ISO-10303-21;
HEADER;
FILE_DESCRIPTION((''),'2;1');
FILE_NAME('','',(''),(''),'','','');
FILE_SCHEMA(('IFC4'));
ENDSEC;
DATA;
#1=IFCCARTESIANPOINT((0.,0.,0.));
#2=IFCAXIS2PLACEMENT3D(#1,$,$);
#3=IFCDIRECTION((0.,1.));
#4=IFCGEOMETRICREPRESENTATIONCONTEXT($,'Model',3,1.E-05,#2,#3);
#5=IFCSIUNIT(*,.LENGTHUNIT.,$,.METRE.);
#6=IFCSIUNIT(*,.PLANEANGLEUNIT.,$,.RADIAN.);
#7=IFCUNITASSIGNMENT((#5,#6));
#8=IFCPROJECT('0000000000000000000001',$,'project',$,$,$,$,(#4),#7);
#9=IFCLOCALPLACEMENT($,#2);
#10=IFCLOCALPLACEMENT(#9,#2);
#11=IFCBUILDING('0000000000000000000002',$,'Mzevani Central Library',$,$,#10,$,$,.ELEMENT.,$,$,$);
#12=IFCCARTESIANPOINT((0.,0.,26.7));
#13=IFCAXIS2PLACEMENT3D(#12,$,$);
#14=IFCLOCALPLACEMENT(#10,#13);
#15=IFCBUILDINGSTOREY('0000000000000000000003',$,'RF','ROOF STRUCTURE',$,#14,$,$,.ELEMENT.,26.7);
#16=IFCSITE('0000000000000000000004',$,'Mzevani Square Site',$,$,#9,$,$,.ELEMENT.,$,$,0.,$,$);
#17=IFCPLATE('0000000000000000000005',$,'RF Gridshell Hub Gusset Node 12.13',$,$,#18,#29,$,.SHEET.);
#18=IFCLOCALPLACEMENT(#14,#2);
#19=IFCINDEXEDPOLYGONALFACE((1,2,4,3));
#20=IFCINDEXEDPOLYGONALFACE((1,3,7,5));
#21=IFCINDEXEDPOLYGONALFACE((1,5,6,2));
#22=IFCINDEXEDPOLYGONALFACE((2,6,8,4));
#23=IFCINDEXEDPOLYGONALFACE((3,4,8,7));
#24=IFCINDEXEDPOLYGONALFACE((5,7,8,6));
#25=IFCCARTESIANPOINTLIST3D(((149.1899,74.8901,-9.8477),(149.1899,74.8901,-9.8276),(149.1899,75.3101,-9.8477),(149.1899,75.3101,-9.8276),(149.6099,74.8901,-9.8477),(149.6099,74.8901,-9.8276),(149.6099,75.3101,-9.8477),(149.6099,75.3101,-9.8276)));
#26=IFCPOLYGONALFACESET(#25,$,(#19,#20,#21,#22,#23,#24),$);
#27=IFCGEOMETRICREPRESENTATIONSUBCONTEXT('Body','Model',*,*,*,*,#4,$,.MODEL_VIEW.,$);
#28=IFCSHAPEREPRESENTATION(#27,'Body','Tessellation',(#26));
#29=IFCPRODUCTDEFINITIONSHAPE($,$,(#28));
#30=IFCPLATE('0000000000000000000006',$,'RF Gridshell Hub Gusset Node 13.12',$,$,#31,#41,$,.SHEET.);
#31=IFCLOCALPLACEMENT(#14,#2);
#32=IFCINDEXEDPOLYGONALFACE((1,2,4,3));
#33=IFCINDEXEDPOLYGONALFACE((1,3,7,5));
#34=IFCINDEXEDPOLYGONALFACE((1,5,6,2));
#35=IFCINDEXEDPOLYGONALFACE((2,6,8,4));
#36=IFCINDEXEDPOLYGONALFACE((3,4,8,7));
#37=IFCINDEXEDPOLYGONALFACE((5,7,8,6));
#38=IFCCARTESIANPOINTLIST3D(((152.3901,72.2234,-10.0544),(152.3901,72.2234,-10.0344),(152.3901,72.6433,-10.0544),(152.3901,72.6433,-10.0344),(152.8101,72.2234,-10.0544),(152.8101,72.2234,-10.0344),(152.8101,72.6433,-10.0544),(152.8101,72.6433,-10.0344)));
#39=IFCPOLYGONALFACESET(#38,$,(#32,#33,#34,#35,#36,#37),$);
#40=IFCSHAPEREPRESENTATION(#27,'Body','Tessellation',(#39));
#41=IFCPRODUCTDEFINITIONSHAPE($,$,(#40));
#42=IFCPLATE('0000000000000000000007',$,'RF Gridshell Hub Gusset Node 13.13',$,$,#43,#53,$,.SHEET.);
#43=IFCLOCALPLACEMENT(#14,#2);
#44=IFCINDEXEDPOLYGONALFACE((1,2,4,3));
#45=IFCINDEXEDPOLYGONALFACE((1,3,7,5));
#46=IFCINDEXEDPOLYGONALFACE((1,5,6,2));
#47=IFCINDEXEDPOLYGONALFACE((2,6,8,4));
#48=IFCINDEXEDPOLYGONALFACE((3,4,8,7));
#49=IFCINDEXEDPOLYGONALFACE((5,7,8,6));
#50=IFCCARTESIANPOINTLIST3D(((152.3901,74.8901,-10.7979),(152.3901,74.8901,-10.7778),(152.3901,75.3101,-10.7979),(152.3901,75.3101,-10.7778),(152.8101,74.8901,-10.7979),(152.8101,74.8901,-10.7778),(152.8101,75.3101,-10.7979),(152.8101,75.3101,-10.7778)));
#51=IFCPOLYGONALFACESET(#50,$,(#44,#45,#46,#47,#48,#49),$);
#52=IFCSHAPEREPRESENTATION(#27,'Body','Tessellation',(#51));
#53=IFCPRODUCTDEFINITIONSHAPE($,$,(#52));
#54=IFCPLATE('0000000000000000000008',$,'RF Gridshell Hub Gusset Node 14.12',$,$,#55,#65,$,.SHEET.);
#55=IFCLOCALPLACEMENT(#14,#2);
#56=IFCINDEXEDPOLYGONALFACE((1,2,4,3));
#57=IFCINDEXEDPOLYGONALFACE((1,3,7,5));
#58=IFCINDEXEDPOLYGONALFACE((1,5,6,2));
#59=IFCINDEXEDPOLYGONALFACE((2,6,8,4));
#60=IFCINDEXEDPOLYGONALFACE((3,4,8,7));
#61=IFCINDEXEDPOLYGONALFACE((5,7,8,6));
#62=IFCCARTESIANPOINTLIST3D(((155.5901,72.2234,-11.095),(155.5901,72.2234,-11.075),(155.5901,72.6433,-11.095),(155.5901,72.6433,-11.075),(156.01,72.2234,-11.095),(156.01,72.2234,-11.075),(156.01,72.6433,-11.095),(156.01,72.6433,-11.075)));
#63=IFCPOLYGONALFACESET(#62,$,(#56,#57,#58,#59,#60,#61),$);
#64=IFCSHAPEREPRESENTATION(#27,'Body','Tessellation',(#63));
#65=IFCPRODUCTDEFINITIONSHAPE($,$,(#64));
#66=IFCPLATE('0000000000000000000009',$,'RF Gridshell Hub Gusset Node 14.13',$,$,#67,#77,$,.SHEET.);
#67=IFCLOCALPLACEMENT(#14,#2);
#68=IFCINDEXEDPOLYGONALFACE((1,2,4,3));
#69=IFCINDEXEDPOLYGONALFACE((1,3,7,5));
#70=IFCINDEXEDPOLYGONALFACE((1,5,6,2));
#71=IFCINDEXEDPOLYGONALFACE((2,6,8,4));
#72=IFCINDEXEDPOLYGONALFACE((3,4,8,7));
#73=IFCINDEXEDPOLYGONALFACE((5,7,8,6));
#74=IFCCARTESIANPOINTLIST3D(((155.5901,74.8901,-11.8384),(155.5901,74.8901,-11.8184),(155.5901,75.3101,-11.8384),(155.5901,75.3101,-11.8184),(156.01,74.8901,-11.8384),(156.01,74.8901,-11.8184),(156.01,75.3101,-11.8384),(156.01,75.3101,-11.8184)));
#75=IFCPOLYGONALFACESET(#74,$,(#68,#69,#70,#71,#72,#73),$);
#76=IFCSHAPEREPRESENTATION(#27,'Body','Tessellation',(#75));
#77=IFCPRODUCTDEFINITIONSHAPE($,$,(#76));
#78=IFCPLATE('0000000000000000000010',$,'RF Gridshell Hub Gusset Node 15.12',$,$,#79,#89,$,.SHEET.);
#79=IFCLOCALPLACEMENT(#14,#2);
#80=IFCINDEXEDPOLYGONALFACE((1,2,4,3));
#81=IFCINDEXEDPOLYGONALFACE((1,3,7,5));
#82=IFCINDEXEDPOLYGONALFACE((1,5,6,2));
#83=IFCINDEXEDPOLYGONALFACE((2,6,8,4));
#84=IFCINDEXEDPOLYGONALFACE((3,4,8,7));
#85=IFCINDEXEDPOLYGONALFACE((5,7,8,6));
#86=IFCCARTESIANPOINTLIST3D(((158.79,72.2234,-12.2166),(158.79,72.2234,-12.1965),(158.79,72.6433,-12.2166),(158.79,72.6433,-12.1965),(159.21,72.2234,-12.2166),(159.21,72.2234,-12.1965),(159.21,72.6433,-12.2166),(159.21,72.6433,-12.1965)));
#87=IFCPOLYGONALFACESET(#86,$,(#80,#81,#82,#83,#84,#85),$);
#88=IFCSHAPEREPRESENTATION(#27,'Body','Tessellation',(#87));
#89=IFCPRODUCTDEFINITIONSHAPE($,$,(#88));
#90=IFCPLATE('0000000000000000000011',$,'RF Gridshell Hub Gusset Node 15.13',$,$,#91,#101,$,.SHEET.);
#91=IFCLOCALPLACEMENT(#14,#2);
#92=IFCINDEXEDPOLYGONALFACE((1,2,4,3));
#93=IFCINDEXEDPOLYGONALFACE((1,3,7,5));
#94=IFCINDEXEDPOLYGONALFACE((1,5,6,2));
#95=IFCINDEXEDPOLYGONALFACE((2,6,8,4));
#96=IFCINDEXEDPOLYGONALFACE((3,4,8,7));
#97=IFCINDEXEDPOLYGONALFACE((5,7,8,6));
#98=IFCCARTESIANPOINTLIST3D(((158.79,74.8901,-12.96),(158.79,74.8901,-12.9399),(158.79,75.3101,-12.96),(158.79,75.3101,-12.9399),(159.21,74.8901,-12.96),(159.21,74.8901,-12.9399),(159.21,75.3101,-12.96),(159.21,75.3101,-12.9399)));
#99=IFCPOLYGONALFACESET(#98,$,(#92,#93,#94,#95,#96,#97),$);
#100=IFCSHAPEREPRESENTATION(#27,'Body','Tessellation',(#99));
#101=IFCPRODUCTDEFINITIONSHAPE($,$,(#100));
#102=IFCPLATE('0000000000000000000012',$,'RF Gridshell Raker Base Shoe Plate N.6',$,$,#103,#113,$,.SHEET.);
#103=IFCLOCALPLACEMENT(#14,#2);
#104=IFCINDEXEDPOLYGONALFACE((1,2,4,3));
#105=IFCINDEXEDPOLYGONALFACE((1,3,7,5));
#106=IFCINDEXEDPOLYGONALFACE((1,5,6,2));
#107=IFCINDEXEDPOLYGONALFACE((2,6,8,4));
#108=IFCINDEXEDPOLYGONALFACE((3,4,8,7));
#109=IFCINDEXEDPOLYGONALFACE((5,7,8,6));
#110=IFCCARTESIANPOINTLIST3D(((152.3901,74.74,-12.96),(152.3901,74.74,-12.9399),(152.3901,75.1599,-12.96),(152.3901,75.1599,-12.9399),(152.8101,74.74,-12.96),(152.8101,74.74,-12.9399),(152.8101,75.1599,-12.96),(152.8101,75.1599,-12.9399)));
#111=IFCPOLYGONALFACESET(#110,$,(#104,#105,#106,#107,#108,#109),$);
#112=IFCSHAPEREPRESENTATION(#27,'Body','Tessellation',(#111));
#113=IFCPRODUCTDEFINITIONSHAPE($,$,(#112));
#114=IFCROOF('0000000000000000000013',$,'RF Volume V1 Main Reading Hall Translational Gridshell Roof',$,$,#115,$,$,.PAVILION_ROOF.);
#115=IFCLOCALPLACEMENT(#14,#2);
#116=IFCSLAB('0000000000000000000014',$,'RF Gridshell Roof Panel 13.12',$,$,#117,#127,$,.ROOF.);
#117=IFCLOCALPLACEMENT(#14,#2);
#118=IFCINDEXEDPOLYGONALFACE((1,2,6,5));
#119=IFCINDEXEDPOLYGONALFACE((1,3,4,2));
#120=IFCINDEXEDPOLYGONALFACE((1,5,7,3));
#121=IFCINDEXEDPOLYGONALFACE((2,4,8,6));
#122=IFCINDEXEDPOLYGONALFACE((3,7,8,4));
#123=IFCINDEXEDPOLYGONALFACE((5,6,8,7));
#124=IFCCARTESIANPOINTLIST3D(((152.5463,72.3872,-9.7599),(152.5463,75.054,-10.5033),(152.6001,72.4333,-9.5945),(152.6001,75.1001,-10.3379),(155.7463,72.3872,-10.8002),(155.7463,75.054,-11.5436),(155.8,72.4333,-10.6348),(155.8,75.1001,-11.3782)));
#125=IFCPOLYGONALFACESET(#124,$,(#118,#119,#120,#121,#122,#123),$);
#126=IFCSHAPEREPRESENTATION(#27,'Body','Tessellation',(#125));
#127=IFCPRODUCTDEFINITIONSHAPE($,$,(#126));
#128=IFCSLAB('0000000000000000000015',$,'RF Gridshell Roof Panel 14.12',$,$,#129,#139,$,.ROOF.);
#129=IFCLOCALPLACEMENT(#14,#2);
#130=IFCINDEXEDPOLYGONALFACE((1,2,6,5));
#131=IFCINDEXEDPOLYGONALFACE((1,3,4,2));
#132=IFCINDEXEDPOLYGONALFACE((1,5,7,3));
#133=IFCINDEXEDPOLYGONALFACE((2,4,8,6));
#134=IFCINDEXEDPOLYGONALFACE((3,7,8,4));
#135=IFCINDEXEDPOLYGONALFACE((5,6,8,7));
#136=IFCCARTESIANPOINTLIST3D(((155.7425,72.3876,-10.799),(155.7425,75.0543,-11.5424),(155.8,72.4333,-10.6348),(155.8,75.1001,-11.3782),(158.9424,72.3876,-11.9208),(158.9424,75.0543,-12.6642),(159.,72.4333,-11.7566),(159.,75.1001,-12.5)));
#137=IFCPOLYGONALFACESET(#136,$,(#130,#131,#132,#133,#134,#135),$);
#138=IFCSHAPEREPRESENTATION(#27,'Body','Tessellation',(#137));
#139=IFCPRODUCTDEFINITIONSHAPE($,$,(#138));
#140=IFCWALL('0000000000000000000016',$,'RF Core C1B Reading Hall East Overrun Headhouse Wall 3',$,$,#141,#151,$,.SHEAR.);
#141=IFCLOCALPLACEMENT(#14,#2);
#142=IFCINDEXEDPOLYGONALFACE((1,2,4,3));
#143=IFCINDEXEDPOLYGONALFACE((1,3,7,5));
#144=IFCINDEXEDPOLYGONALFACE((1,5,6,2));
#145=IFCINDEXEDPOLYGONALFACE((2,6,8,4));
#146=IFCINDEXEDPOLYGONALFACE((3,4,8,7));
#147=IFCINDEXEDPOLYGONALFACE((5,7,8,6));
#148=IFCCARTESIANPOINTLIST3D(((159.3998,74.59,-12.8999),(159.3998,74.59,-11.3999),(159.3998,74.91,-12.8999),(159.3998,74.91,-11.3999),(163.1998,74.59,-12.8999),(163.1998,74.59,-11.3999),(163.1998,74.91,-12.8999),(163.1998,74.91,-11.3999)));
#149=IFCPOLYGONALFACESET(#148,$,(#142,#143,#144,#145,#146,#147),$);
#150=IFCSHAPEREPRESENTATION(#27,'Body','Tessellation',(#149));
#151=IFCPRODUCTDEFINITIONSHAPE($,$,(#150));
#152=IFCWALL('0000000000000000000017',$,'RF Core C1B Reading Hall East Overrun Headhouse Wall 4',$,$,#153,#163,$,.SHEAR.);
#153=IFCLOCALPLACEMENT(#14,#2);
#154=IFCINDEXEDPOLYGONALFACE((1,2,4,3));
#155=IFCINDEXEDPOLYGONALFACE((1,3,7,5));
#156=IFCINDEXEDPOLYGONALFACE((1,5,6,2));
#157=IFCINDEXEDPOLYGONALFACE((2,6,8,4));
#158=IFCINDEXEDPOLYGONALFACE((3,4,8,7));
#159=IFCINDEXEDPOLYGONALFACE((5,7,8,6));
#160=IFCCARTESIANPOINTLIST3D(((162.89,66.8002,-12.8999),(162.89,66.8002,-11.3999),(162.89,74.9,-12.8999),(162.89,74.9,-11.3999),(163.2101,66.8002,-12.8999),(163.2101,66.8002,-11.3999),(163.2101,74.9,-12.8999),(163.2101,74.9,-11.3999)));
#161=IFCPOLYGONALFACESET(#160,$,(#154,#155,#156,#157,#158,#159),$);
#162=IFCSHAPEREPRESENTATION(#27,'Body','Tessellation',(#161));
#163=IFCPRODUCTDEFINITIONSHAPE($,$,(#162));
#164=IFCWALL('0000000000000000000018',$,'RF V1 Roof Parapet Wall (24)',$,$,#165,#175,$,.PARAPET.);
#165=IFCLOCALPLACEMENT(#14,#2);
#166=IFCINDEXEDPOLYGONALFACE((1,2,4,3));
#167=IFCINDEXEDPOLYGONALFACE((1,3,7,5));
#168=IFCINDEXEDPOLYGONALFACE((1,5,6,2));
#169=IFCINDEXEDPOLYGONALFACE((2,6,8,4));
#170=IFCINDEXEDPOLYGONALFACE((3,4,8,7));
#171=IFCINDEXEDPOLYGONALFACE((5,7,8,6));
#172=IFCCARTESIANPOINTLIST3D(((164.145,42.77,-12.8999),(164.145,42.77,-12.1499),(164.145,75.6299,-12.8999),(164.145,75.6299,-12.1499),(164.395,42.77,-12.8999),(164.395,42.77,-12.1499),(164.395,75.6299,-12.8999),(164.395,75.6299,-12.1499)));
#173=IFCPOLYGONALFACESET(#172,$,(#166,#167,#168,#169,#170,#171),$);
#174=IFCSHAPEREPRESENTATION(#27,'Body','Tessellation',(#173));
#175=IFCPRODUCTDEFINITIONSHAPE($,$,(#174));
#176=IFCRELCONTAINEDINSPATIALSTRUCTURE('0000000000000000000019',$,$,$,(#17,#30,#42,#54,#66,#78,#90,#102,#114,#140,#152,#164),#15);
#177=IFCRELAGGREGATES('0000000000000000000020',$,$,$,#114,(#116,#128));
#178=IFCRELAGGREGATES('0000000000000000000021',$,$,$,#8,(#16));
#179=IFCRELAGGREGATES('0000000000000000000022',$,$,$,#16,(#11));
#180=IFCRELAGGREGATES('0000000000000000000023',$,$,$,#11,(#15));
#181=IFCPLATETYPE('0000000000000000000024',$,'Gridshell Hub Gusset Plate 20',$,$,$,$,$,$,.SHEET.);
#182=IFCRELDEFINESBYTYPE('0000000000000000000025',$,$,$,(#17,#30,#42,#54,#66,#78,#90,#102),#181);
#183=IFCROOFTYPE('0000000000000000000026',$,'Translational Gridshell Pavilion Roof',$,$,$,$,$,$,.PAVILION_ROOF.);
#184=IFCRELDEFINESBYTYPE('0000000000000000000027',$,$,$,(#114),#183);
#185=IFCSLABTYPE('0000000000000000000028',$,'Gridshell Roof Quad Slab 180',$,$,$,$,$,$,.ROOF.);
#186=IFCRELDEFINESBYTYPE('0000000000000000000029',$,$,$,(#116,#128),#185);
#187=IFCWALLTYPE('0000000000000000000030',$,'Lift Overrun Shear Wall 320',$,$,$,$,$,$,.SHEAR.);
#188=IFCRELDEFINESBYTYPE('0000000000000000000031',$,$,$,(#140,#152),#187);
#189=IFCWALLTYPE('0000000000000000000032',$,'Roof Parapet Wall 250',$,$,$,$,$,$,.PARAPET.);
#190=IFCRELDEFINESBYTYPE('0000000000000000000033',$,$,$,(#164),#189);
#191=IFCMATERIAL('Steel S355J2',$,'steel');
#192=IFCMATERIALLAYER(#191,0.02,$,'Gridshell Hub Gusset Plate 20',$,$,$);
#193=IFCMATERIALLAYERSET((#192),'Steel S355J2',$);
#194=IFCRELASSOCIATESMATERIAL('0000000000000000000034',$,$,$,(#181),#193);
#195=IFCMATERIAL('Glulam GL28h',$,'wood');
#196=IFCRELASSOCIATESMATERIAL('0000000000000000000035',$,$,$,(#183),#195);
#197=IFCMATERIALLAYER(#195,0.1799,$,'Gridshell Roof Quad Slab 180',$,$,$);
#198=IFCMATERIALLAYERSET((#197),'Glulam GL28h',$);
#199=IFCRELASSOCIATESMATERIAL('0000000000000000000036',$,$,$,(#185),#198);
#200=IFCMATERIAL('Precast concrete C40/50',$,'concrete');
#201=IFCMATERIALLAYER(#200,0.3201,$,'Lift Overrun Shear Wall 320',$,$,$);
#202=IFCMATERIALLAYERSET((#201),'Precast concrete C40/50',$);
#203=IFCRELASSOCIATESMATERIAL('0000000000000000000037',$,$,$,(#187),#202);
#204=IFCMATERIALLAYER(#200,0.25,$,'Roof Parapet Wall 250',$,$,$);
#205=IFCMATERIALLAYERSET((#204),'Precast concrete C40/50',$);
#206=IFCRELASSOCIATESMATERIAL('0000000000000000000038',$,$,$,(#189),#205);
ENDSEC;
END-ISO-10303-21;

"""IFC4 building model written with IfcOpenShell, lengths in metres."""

from ifc_helpers import new_model, si_unit, direction, frame, frame_2d, origin, origin_2d, place, context, subcontext, project, spatial, polyline, rectangle, outline, extrude, material, layer, layer_set, type_object, element, aggregate, save


model = new_model("IFC4")

# Units and contexts
model_context = context("Model", 3, precision=1e-05, world=origin(), true_north=direction((0.0, 1.0)))
body_context = subcontext(model_context, "Body", "Model", "MODEL_VIEW")
ifc_project = project(units=[si_unit("LENGTHUNIT", "METRE"), si_unit("PLANEANGLEUNIT", "RADIAN")], contexts=[model_context])

# Site, building, storey
site_placement = place(None, origin())
site = spatial("IfcSite", under=ifc_project, at=site_placement, Name="Mzevani Square Site", CompositionType="ELEMENT", RefElevation=0.0)
building_placement = place(site_placement, origin())
building = spatial("IfcBuilding", under=site, at=building_placement, Name="Mzevani Central Library", CompositionType="ELEMENT")
storey_placement = place(building_placement, frame((0.0, 0.0, 26.7)))
storey = spatial("IfcBuildingStorey", under=building, at=storey_placement, Name="RF", Description="ROOF STRUCTURE", CompositionType="ELEMENT", Elevation=26.7)

# Shared definitions
ifc_material_1 = material(Name="Steel S355J2", Category="steel")
ifc_material_2 = material(Name="Glulam GL28h", Category="wood")

# Plates
ifc_layer_1 = layer(ifc_material_1, 0.02, Name="Gridshell Hub Gusset Plate 20")
ifc_layer_set_1 = layer_set([ifc_layer_1], Name="Steel S355J2")
plate_type = type_object("IfcPlateType", Name="Gridshell Hub Gusset Plate 20", PredefinedType="SHEET", material=ifc_layer_set_1)
for number, where, z_axis, x_axis, name in (
    (1, (149.3999, 75.1001, -9.8477), (0.0, 0.0, 1.0), (1.0, 0.0, 0.0), "RF Gridshell Hub Gusset Node 12.13"),
    (2, (152.6001, 72.4333, -10.0544), (0.0, 0.0, 1.0), (1.0, 0.0, 0.0), "RF Gridshell Hub Gusset Node 13.12"),
    (3, (152.6001, 75.1001, -10.7979), (0.0, 0.0, 1.0), (1.0, 0.0, 0.0), "RF Gridshell Hub Gusset Node 13.13"),
    (4, (155.8, 72.4333, -11.095), (0.0, 0.0, 1.0), (1.0, 0.0, 0.0), "RF Gridshell Hub Gusset Node 14.12"),
    (5, (155.8, 75.1001, -11.8384), (0.0, 0.0, 1.0), (1.0, 0.0, 0.0), "RF Gridshell Hub Gusset Node 14.13"),
    (6, (159.0, 72.4333, -12.2166), (0.0, 0.0, 1.0), (1.0, 0.0, 0.0), "RF Gridshell Hub Gusset Node 15.12"),
    (7, (159.0, 75.1001, -12.96), (0.0, 0.0, 1.0), (1.0, 0.0, 0.0), "RF Gridshell Hub Gusset Node 15.13"),
    (8, (152.6001, 74.95, -12.96), (0.0, 0.0, 1.0), (1.0, 0.0, 0.0), "RF Gridshell Raker Base Shoe Plate N.6"),
):
    element("IfcPlate", number, at=place(storey_placement, frame(where, z_axis=z_axis, x_axis=x_axis)), inside=storey, type_object=plate_type, Name=name, PredefinedType="SHEET", context=body_context, shape_type="SweptSolid", body=[
        extrude(rectangle(XDim=0.4199, YDim=0.4199, at=origin_2d()), origin(), (0.0, 0.0, 1.0), 0.02),
    ])

# Roof, slabs
roof_type = type_object("IfcRoofType", Name="Translational Gridshell Pavilion Roof", PredefinedType="PAVILION_ROOF", material=ifc_material_2)
roof_placement = place(storey_placement, origin())
roof = element("IfcRoof", 9, at=roof_placement, inside=storey, type_object=roof_type, Name="RF Volume V1 Main Reading Hall Translational Gridshell Roof", PredefinedType="PAVILION_ROOF")
ifc_layer_2 = layer(ifc_material_2, 0.1799, Name="Gridshell Roof Quad Slab 180")
ifc_layer_set_2 = layer_set([ifc_layer_2], Name="Glulam GL28h")
slab_type = type_object("IfcSlabType", Name="Gridshell Roof Quad Slab 180", PredefinedType="ROOF", material=ifc_layer_set_2)
slab_1_placement = place(storey_placement, frame((152.6001, 72.4333, -9.5945), z_axis=(0.298843, 0.256259, 0.919252), x_axis=(0.951008, 0.0, -0.309166)))
slab_1 = element("IfcSlab", 10, at=slab_1_placement, type_object=slab_type, Name="RF Gridshell Roof Panel 13.12", PredefinedType="ROOF", context=body_context, shape_type="SweptSolid", body=[
    extrude(outline(polyline([(0.0, 0.0), (3.3648, 0.0), (3.5946, 2.7589), (0.2298, 2.7589), (0.0, 0.0)])), origin(), (0.0, 0.0, -1.0), 0.1799),
])
slab_2_placement = place(storey_placement, frame((155.8, 72.4333, -10.6348), z_axis=(0.319949, 0.254415, 0.912637), x_axis=(0.943689, 0.0, -0.330835)))
slab_2 = element("IfcSlab", 11, at=slab_2_placement, type_object=slab_type, Name="RF Gridshell Roof Panel 14.12", PredefinedType="ROOF", context=body_context, shape_type="SweptSolid", body=[
    extrude(outline(polyline([(0.0, 0.0), (3.3909, 0.0), (3.6368, 2.7575), (0.2459, 2.7575), (0.0, 0.0)])), origin(), (0.0, 0.0, -1.0), 0.1799),
])
aggregate(roof, [slab_1, slab_2])

# Walls
ifc_material_3 = material(Name="Precast concrete C40/50", Category="concrete")
ifc_layer_3 = layer(ifc_material_3, 0.3201, Name="Lift Overrun Shear Wall 320")
ifc_layer_set_3 = layer_set([ifc_layer_3], Name="Precast concrete C40/50")
wall_type_1 = type_object("IfcWallType", Name="Lift Overrun Shear Wall 320", PredefinedType="SHEAR", material=ifc_layer_set_3)
wall_1_placement = place(storey_placement, frame((159.3999, 74.75, -12.8999), z_axis=(0.0, 0.0, 1.0), x_axis=(1.0, 0.0, 0.0)))
element("IfcWall", 12, at=wall_1_placement, inside=storey, type_object=wall_type_1, Name="RF Core C1B Reading Hall East Overrun Headhouse Wall 3", PredefinedType="SHEAR", context=body_context, shape_type="SweptSolid", body=[
    extrude(rectangle(XDim=3.8, YDim=0.3201, at=frame_2d((1.8999, 0.0))), origin(), (0.0, 0.0, 1.0), 1.5),
])
wall_2_placement = place(storey_placement, frame((163.05, 74.8999, -12.8999), z_axis=(0.0, 0.0, 1.0), x_axis=(0.0, -1.0, 0.0)))
element("IfcWall", 13, at=wall_2_placement, inside=storey, type_object=wall_type_1, Name="RF Core C1B Reading Hall East Overrun Headhouse Wall 4", PredefinedType="SHEAR", context=body_context, shape_type="SweptSolid", body=[
    extrude(rectangle(XDim=8.0999, YDim=0.3201, at=frame_2d((4.0498, 0.0))), origin(), (0.0, 0.0, 1.0), 1.5),
])
ifc_layer_4 = layer(ifc_material_3, 0.25, Name="Roof Parapet Wall 250")
ifc_layer_set_4 = layer_set([ifc_layer_4], Name="Precast concrete C40/50")
wall_type_2 = type_object("IfcWallType", Name="Roof Parapet Wall 250", PredefinedType="PARAPET", material=ifc_layer_set_4)
wall_3_placement = place(storey_placement, frame((164.27, 75.6299, -12.8999), z_axis=(0.0, 0.0, 1.0), x_axis=(0.0, -1.0, 0.0)))
element("IfcWall", 14, at=wall_3_placement, inside=storey, type_object=wall_type_2, Name="RF V1 Roof Parapet Wall (24)", PredefinedType="PARAPET", context=body_context, shape_type="SweptSolid", body=[
    extrude(rectangle(XDim=32.8599, YDim=0.25, at=frame_2d((16.4299, 0.0))), origin(), (0.0, 0.0, 1.0), 0.75),
])

save(model, "model.ifc")
